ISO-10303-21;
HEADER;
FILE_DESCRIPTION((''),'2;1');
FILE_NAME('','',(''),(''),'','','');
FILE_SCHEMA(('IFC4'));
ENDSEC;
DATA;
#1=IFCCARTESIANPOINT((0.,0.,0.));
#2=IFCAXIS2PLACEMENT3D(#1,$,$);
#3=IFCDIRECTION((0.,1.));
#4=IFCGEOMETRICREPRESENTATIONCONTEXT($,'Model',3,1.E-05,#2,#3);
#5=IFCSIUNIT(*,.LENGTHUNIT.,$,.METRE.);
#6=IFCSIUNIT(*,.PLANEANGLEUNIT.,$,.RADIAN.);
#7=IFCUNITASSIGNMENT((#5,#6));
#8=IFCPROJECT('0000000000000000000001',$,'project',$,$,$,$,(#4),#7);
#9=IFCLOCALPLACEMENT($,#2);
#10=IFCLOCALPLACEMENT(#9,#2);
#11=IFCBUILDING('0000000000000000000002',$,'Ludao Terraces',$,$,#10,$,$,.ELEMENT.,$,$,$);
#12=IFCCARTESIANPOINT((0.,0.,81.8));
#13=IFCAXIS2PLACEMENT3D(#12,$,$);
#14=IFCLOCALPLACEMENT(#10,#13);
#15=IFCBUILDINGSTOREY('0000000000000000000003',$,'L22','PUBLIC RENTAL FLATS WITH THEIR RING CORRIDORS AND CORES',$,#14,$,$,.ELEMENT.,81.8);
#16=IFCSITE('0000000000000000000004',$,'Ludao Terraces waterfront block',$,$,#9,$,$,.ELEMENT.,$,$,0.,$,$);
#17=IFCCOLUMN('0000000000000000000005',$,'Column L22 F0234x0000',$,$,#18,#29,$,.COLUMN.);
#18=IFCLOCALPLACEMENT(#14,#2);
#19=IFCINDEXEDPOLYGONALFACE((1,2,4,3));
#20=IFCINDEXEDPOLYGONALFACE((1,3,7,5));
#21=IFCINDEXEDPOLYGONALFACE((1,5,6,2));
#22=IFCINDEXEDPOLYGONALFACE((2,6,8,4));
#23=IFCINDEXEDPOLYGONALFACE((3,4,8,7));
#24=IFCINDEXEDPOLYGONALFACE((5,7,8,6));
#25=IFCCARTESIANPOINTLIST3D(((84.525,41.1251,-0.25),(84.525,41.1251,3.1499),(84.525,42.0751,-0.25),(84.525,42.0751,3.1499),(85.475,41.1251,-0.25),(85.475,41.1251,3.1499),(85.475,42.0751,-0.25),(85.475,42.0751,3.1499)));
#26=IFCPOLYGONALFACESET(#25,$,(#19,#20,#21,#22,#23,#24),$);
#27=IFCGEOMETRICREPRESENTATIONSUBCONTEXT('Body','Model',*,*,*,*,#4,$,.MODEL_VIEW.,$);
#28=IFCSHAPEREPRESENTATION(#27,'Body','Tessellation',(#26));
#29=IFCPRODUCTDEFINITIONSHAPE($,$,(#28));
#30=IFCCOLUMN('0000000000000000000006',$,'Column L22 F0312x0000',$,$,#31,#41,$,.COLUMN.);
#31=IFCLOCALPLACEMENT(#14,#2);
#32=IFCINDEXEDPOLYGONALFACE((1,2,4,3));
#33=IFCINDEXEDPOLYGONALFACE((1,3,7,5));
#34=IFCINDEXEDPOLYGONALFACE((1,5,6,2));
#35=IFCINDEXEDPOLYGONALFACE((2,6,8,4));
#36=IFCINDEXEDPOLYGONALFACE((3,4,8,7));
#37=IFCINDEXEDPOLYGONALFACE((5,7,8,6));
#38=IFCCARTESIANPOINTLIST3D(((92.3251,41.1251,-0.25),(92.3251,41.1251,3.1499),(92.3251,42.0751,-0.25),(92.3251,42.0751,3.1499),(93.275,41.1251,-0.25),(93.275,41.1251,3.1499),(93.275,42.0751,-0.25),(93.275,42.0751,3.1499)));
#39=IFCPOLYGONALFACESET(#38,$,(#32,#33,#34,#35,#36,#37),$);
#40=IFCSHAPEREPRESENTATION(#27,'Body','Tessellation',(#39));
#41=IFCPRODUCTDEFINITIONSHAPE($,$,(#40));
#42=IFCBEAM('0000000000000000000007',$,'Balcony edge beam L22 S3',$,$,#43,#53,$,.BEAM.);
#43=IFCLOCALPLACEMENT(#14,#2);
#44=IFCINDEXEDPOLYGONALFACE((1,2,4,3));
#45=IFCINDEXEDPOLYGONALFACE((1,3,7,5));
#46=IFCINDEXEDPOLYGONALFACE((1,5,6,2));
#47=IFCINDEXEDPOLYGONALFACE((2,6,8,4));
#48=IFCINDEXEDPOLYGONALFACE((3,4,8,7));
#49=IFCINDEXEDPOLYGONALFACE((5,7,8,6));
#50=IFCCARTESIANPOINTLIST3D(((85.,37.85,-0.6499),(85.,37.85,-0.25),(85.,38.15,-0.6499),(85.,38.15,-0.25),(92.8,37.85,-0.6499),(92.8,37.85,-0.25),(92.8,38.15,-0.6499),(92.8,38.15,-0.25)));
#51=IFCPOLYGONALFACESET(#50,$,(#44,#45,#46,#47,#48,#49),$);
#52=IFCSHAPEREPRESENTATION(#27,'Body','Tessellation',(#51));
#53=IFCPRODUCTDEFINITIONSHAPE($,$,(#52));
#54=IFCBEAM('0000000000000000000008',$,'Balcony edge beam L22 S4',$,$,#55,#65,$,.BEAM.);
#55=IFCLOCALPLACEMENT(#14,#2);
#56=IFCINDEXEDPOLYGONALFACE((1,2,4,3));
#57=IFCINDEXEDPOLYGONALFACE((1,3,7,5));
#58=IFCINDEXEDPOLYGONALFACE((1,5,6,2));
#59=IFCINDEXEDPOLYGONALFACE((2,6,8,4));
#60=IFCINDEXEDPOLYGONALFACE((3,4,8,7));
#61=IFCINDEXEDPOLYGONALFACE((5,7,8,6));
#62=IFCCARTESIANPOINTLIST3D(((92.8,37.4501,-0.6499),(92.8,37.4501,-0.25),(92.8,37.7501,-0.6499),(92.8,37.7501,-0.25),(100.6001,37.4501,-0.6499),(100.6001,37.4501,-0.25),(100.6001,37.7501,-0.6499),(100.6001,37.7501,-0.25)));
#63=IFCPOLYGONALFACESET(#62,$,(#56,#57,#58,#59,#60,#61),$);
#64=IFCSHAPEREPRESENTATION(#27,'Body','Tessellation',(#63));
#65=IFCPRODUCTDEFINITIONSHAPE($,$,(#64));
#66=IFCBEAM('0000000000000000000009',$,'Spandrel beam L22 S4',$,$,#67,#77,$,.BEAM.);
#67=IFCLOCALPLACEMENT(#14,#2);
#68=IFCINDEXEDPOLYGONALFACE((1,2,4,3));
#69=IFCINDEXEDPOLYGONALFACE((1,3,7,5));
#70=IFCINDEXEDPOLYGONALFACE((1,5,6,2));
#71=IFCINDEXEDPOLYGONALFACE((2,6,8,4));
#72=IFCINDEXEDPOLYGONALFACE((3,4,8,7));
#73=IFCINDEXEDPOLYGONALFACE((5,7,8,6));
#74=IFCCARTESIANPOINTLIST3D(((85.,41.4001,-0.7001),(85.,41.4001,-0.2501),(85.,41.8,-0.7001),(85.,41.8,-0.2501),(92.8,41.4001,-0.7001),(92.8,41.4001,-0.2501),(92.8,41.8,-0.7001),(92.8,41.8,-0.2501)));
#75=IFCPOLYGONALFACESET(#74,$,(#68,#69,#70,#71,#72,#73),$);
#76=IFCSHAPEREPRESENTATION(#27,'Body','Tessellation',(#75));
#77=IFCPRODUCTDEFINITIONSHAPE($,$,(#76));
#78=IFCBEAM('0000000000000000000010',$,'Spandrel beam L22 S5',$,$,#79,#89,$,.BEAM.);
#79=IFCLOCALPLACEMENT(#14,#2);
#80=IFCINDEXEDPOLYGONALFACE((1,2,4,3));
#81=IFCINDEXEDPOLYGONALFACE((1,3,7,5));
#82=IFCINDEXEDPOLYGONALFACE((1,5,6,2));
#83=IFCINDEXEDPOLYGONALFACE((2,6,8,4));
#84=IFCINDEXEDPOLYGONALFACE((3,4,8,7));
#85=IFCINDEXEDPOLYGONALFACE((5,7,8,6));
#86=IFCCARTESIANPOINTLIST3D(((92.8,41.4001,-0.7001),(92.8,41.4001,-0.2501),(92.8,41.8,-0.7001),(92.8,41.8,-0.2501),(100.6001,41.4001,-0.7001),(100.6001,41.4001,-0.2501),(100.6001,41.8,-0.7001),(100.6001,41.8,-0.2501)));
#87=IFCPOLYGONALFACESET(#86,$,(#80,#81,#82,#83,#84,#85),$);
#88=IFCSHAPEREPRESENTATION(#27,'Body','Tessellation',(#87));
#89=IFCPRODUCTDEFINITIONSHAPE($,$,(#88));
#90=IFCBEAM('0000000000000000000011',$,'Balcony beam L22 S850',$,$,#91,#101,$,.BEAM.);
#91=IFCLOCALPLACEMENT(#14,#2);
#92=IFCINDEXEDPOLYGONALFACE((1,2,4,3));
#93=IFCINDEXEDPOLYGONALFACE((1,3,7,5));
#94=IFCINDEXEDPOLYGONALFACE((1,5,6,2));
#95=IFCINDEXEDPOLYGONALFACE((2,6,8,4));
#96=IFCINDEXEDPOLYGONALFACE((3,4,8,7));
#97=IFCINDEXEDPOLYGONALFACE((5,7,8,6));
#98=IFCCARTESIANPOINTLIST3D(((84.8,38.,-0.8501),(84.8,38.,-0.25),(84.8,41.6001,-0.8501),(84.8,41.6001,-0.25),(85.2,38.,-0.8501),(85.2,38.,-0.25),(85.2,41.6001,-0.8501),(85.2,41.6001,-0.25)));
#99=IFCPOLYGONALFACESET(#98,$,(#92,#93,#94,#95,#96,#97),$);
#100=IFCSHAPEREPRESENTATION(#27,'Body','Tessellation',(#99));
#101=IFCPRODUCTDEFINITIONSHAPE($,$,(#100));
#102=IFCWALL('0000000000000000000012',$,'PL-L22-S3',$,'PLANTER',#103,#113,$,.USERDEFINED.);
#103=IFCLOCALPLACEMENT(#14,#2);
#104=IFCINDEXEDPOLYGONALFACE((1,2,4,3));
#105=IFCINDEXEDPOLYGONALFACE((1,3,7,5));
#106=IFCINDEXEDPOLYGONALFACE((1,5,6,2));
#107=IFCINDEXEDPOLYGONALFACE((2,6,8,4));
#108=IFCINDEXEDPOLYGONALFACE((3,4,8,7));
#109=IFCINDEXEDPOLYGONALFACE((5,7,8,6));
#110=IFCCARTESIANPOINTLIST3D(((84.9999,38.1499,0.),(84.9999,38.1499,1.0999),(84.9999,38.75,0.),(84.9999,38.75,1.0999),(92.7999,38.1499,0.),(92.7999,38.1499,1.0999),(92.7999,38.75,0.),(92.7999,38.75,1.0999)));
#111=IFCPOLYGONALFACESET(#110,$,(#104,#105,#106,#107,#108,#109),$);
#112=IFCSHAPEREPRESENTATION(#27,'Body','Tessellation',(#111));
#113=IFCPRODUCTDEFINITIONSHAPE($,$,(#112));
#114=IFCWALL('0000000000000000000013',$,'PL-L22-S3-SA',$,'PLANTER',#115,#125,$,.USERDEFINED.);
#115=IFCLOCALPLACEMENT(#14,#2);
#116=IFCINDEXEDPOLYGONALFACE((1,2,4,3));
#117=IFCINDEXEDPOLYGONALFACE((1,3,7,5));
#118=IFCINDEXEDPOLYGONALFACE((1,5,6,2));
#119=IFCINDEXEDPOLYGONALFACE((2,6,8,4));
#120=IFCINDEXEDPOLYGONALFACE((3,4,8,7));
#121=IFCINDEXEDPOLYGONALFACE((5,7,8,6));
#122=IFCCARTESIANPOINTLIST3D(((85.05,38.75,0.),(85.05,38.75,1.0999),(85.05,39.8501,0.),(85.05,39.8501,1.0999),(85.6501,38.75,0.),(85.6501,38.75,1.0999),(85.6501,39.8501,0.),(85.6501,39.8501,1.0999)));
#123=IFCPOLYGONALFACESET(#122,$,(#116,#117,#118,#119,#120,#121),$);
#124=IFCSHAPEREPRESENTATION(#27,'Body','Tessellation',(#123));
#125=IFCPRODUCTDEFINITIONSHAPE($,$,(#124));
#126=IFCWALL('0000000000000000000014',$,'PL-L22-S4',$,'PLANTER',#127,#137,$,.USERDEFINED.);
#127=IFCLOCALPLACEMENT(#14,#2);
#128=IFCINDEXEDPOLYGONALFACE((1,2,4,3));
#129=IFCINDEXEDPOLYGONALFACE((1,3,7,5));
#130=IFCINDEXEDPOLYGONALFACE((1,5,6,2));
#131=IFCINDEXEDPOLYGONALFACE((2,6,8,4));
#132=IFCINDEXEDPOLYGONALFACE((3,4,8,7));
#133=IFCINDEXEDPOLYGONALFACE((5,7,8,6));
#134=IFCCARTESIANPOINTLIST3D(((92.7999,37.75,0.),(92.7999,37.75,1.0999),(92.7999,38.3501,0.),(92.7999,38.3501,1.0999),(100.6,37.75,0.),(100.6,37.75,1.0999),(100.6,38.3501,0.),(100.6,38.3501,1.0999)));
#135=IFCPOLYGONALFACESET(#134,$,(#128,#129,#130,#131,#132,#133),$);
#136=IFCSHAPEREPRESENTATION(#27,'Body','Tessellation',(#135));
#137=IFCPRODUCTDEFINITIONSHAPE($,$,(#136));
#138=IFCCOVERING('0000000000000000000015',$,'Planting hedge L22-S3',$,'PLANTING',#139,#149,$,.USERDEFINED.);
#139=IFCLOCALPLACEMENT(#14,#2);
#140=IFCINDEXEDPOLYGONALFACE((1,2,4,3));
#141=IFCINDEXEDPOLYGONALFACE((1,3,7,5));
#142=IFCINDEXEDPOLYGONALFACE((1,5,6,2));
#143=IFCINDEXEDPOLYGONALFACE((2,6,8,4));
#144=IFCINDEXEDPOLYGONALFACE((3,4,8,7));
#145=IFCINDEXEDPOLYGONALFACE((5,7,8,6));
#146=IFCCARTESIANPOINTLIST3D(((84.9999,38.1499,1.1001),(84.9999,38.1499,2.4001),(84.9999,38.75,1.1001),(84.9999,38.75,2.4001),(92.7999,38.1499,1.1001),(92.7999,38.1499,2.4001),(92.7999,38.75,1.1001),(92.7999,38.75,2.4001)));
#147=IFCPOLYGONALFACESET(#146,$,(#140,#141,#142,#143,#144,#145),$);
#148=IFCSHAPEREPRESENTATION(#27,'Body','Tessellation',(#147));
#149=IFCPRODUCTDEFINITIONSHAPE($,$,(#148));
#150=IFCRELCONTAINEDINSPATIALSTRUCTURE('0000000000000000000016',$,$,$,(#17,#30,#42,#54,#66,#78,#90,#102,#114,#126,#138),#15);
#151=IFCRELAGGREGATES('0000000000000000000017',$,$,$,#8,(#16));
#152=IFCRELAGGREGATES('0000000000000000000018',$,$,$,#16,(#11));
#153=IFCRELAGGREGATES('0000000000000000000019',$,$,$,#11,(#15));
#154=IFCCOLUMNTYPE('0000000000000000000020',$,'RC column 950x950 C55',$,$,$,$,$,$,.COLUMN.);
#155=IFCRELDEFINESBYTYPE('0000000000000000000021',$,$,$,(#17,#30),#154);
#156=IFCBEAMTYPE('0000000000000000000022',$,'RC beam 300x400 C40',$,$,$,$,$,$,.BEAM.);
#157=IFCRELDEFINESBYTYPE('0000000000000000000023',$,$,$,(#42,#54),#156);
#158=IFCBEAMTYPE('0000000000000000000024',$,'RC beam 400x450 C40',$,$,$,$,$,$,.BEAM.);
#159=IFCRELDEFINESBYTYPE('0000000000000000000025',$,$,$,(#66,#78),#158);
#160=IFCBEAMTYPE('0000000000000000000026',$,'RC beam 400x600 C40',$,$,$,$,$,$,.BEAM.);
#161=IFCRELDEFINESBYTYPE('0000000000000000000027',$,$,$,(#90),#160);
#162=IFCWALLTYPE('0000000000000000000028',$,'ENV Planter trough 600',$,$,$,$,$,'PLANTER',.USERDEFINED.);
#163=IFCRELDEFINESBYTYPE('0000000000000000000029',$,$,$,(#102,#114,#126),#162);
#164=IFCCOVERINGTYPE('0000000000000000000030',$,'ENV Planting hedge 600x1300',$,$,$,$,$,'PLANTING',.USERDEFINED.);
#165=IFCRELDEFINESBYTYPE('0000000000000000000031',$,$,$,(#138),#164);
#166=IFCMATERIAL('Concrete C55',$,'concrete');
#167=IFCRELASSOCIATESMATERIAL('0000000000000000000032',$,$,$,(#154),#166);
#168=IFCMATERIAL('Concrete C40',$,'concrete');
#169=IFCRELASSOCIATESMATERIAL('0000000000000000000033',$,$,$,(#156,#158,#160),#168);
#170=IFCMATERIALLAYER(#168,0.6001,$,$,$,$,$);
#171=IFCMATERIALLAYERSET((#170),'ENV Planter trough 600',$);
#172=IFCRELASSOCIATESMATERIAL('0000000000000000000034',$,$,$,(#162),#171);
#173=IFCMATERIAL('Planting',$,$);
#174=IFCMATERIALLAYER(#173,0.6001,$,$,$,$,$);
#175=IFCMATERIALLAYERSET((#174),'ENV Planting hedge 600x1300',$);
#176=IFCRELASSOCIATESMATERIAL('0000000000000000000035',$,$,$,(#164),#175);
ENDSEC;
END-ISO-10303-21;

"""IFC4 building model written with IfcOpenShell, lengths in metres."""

from ifc_helpers import new_model, si_unit, direction, frame, frame_2d, origin, origin_2d, place, context, subcontext, project, spatial, rectangle, extrude, material, layer, layer_set, material_profile, profile_set, type_object, element, save


model = new_model("IFC4")

# Units and contexts
model_context = context("Model", 3, precision=1e-05, world=origin(), true_north=direction((0.0, 1.0)))
body_context = subcontext(model_context, "Body", "Model", "MODEL_VIEW")
ifc_project = project(units=[si_unit("LENGTHUNIT", "METRE"), si_unit("PLANEANGLEUNIT", "RADIAN")], contexts=[model_context])

# Site, building, storey
site_placement = place(None, origin())
site = spatial("IfcSite", under=ifc_project, at=site_placement, Name="Ludao Terraces waterfront block", CompositionType="ELEMENT", RefElevation=0.0)
building_placement = place(site_placement, origin())
building = spatial("IfcBuilding", under=site, at=building_placement, Name="Ludao Terraces", CompositionType="ELEMENT")
storey_placement = place(building_placement, frame((0.0, 0.0, 81.8)))
storey = spatial("IfcBuildingStorey", under=building, at=storey_placement, Name="L22", Description="PUBLIC RENTAL FLATS WITH THEIR RING CORRIDORS AND CORES", CompositionType="ELEMENT", Elevation=81.8)

# Columns
ifc_material_1 = material(Name="Concrete C55", Category="concrete")
ifc_material_profile_1 = material_profile(ifc_material_1, rectangle(XDim=0.95, YDim=0.95, at=origin_2d()), Name="950 X 950")
ifc_profile_set_1 = profile_set([ifc_material_profile_1], Name="Concrete C55")
column_type = type_object("IfcColumnType", Name="RC column 950x950 C55", PredefinedType="COLUMN", material=ifc_profile_set_1)
for number, where, z_axis, x_axis, name in (
    (1, (85.0, 41.6001, -0.25), (0.0, 0.0, 1.0), (1.0, 0.0, 0.0), "Column L22 F0234x0000"),
    (2, (92.8, 41.6001, -0.25), (0.0, 0.0, 1.0), (1.0, 0.0, 0.0), "Column L22 F0312x0000"),
):
    element("IfcColumn", number, at=place(storey_placement, frame(where, z_axis=z_axis, x_axis=x_axis)), inside=storey, type_object=column_type, Name=name, PredefinedType="COLUMN", context=body_context, shape_type="SweptSolid", body=[
        extrude(rectangle(XDim=0.95, YDim=0.95, at=origin_2d()), origin(), (0.0, 0.0, 1.0), 3.3999),
    ])

# Beams
ifc_material_2 = material(Name="Concrete C40", Category="concrete")
ifc_material_profile_2 = material_profile(ifc_material_2, rectangle(XDim=0.3, YDim=0.3999, at=origin_2d()), Name="300 X 400")
ifc_profile_set_2 = profile_set([ifc_material_profile_2], Name="Concrete C40")
beam_type_1 = type_object("IfcBeamType", Name="RC beam 300x400 C40", PredefinedType="BEAM", material=ifc_profile_set_2)
for number, where, z_axis, x_axis, name in (
    (3, (85.0, 38.0, -0.45), (1.0, 0.0, 0.0), (0.0, 1.0, 0.0), "Balcony edge beam L22 S3"),
    (4, (92.8, 37.6001, -0.45), (1.0, 0.0, 0.0), (0.0, 1.0, 0.0), "Balcony edge beam L22 S4"),
):
    element("IfcBeam", number, at=place(storey_placement, frame(where, z_axis=z_axis, x_axis=x_axis)), inside=storey, type_object=beam_type_1, Name=name, PredefinedType="BEAM", context=body_context, shape_type="SweptSolid", body=[
        extrude(rectangle(XDim=0.3, YDim=0.3999, at=origin_2d()), origin(), (0.0, 0.0, 1.0), 7.8),
    ])
ifc_material_profile_3 = material_profile(ifc_material_2, rectangle(XDim=0.3999, YDim=0.45, at=origin_2d()), Name="400 X 450")
ifc_profile_set_3 = profile_set([ifc_material_profile_3], Name="Concrete C40")
beam_type_2 = type_object("IfcBeamType", Name="RC beam 400x450 C40", PredefinedType="BEAM", material=ifc_profile_set_3)
for number, where, z_axis, x_axis, name in (
    (5, (85.0, 41.6001, -0.4751), (1.0, 0.0, 0.0), (0.0, 1.0, 0.0), "Spandrel beam L22 S4"),
    (6, (92.8, 41.6001, -0.4751), (1.0, 0.0, 0.0), (0.0, 1.0, 0.0), "Spandrel beam L22 S5"),
):
    element("IfcBeam", number, at=place(storey_placement, frame(where, z_axis=z_axis, x_axis=x_axis)), inside=storey, type_object=beam_type_2, Name=name, PredefinedType="BEAM", context=body_context, shape_type="SweptSolid", body=[
        extrude(rectangle(XDim=0.3999, YDim=0.45, at=origin_2d()), origin(), (0.0, 0.0, 1.0), 7.8),
    ])
ifc_material_profile_4 = material_profile(ifc_material_2, rectangle(XDim=0.3999, YDim=0.6001, at=origin_2d()), Name="400 X 600")
ifc_profile_set_4 = profile_set([ifc_material_profile_4], Name="Concrete C40")
beam_type_3 = type_object("IfcBeamType", Name="RC beam 400x600 C40", PredefinedType="BEAM", material=ifc_profile_set_4)
beam_placement = place(storey_placement, frame((85.0, 41.6001, -0.55), z_axis=(0.0, -1.0, 0.0), x_axis=(1.0, 0.0, 0.0)))
element("IfcBeam", 7, at=beam_placement, inside=storey, type_object=beam_type_3, Name="Balcony beam L22 S850", PredefinedType="BEAM", context=body_context, shape_type="SweptSolid", body=[
    extrude(rectangle(XDim=0.3999, YDim=0.6001, at=origin_2d()), origin(), (0.0, 0.0, 1.0), 3.6001),
])

# Walls
ifc_layer_1 = layer(ifc_material_2, 0.6001)
ifc_layer_set_1 = layer_set([ifc_layer_1], Name="ENV Planter trough 600")
wall_type = type_object("IfcWallType", Name="ENV Planter trough 600", ElementType="PLANTER", PredefinedType="USERDEFINED", material=ifc_layer_set_1)
wall_1_placement = place(storey_placement, frame((85.0, 38.45, 0.0), z_axis=(0.0, 0.0, 1.0), x_axis=(1.0, 0.0, 0.0)))
element("IfcWall", 8, at=wall_1_placement, inside=storey, type_object=wall_type, Name="PL-L22-S3", ObjectType="PLANTER", PredefinedType="USERDEFINED", context=body_context, shape_type="SweptSolid", body=[
    extrude(rectangle(XDim=7.8, YDim=0.6001, at=frame_2d((3.8999, 0.0))), origin(), (0.0, 0.0, 1.0), 1.0999),
])
wall_2_placement = place(storey_placement, frame((85.3501, 38.75, 0.0), z_axis=(0.0, 0.0, 1.0), x_axis=(0.0, 1.0, 0.0)))
element("IfcWall", 9, at=wall_2_placement, inside=storey, type_object=wall_type, Name="PL-L22-S3-SA", ObjectType="PLANTER", PredefinedType="USERDEFINED", context=body_context, shape_type="SweptSolid", body=[
    extrude(rectangle(XDim=1.1001, YDim=0.6001, at=frame_2d((0.55, 0.0))), origin(), (0.0, 0.0, 1.0), 1.0999),
])
wall_3_placement = place(storey_placement, frame((92.8, 38.05, 0.0), z_axis=(0.0, 0.0, 1.0), x_axis=(1.0, 0.0, 0.0)))
element("IfcWall", 10, at=wall_3_placement, inside=storey, type_object=wall_type, Name="PL-L22-S4", ObjectType="PLANTER", PredefinedType="USERDEFINED", context=body_context, shape_type="SweptSolid", body=[
    extrude(rectangle(XDim=7.8, YDim=0.6001, at=frame_2d((3.8999, 0.0))), origin(), (0.0, 0.0, 1.0), 1.0999),
])

# Covering
ifc_material_3 = material(Name="Planting")
ifc_layer_2 = layer(ifc_material_3, 0.6001)
ifc_layer_set_2 = layer_set([ifc_layer_2], Name="ENV Planting hedge 600x1300")
covering_type = type_object("IfcCoveringType", Name="ENV Planting hedge 600x1300", ElementType="PLANTING", PredefinedType="USERDEFINED", material=ifc_layer_set_2)
covering_placement = place(storey_placement, frame((88.8999, 38.45, 1.1001), z_axis=(0.0, 0.0, 1.0), x_axis=(1.0, 0.0, 0.0)))
element("IfcCovering", 11, at=covering_placement, inside=storey, type_object=covering_type, Name="Planting hedge L22-S3", ObjectType="PLANTING", PredefinedType="USERDEFINED", context=body_context, shape_type="SweptSolid", body=[
    extrude(rectangle(XDim=7.8, YDim=0.6001, at=origin_2d()), origin(), (0.0, 0.0, 1.0), 1.3),
])

save(model, "model.ifc")
